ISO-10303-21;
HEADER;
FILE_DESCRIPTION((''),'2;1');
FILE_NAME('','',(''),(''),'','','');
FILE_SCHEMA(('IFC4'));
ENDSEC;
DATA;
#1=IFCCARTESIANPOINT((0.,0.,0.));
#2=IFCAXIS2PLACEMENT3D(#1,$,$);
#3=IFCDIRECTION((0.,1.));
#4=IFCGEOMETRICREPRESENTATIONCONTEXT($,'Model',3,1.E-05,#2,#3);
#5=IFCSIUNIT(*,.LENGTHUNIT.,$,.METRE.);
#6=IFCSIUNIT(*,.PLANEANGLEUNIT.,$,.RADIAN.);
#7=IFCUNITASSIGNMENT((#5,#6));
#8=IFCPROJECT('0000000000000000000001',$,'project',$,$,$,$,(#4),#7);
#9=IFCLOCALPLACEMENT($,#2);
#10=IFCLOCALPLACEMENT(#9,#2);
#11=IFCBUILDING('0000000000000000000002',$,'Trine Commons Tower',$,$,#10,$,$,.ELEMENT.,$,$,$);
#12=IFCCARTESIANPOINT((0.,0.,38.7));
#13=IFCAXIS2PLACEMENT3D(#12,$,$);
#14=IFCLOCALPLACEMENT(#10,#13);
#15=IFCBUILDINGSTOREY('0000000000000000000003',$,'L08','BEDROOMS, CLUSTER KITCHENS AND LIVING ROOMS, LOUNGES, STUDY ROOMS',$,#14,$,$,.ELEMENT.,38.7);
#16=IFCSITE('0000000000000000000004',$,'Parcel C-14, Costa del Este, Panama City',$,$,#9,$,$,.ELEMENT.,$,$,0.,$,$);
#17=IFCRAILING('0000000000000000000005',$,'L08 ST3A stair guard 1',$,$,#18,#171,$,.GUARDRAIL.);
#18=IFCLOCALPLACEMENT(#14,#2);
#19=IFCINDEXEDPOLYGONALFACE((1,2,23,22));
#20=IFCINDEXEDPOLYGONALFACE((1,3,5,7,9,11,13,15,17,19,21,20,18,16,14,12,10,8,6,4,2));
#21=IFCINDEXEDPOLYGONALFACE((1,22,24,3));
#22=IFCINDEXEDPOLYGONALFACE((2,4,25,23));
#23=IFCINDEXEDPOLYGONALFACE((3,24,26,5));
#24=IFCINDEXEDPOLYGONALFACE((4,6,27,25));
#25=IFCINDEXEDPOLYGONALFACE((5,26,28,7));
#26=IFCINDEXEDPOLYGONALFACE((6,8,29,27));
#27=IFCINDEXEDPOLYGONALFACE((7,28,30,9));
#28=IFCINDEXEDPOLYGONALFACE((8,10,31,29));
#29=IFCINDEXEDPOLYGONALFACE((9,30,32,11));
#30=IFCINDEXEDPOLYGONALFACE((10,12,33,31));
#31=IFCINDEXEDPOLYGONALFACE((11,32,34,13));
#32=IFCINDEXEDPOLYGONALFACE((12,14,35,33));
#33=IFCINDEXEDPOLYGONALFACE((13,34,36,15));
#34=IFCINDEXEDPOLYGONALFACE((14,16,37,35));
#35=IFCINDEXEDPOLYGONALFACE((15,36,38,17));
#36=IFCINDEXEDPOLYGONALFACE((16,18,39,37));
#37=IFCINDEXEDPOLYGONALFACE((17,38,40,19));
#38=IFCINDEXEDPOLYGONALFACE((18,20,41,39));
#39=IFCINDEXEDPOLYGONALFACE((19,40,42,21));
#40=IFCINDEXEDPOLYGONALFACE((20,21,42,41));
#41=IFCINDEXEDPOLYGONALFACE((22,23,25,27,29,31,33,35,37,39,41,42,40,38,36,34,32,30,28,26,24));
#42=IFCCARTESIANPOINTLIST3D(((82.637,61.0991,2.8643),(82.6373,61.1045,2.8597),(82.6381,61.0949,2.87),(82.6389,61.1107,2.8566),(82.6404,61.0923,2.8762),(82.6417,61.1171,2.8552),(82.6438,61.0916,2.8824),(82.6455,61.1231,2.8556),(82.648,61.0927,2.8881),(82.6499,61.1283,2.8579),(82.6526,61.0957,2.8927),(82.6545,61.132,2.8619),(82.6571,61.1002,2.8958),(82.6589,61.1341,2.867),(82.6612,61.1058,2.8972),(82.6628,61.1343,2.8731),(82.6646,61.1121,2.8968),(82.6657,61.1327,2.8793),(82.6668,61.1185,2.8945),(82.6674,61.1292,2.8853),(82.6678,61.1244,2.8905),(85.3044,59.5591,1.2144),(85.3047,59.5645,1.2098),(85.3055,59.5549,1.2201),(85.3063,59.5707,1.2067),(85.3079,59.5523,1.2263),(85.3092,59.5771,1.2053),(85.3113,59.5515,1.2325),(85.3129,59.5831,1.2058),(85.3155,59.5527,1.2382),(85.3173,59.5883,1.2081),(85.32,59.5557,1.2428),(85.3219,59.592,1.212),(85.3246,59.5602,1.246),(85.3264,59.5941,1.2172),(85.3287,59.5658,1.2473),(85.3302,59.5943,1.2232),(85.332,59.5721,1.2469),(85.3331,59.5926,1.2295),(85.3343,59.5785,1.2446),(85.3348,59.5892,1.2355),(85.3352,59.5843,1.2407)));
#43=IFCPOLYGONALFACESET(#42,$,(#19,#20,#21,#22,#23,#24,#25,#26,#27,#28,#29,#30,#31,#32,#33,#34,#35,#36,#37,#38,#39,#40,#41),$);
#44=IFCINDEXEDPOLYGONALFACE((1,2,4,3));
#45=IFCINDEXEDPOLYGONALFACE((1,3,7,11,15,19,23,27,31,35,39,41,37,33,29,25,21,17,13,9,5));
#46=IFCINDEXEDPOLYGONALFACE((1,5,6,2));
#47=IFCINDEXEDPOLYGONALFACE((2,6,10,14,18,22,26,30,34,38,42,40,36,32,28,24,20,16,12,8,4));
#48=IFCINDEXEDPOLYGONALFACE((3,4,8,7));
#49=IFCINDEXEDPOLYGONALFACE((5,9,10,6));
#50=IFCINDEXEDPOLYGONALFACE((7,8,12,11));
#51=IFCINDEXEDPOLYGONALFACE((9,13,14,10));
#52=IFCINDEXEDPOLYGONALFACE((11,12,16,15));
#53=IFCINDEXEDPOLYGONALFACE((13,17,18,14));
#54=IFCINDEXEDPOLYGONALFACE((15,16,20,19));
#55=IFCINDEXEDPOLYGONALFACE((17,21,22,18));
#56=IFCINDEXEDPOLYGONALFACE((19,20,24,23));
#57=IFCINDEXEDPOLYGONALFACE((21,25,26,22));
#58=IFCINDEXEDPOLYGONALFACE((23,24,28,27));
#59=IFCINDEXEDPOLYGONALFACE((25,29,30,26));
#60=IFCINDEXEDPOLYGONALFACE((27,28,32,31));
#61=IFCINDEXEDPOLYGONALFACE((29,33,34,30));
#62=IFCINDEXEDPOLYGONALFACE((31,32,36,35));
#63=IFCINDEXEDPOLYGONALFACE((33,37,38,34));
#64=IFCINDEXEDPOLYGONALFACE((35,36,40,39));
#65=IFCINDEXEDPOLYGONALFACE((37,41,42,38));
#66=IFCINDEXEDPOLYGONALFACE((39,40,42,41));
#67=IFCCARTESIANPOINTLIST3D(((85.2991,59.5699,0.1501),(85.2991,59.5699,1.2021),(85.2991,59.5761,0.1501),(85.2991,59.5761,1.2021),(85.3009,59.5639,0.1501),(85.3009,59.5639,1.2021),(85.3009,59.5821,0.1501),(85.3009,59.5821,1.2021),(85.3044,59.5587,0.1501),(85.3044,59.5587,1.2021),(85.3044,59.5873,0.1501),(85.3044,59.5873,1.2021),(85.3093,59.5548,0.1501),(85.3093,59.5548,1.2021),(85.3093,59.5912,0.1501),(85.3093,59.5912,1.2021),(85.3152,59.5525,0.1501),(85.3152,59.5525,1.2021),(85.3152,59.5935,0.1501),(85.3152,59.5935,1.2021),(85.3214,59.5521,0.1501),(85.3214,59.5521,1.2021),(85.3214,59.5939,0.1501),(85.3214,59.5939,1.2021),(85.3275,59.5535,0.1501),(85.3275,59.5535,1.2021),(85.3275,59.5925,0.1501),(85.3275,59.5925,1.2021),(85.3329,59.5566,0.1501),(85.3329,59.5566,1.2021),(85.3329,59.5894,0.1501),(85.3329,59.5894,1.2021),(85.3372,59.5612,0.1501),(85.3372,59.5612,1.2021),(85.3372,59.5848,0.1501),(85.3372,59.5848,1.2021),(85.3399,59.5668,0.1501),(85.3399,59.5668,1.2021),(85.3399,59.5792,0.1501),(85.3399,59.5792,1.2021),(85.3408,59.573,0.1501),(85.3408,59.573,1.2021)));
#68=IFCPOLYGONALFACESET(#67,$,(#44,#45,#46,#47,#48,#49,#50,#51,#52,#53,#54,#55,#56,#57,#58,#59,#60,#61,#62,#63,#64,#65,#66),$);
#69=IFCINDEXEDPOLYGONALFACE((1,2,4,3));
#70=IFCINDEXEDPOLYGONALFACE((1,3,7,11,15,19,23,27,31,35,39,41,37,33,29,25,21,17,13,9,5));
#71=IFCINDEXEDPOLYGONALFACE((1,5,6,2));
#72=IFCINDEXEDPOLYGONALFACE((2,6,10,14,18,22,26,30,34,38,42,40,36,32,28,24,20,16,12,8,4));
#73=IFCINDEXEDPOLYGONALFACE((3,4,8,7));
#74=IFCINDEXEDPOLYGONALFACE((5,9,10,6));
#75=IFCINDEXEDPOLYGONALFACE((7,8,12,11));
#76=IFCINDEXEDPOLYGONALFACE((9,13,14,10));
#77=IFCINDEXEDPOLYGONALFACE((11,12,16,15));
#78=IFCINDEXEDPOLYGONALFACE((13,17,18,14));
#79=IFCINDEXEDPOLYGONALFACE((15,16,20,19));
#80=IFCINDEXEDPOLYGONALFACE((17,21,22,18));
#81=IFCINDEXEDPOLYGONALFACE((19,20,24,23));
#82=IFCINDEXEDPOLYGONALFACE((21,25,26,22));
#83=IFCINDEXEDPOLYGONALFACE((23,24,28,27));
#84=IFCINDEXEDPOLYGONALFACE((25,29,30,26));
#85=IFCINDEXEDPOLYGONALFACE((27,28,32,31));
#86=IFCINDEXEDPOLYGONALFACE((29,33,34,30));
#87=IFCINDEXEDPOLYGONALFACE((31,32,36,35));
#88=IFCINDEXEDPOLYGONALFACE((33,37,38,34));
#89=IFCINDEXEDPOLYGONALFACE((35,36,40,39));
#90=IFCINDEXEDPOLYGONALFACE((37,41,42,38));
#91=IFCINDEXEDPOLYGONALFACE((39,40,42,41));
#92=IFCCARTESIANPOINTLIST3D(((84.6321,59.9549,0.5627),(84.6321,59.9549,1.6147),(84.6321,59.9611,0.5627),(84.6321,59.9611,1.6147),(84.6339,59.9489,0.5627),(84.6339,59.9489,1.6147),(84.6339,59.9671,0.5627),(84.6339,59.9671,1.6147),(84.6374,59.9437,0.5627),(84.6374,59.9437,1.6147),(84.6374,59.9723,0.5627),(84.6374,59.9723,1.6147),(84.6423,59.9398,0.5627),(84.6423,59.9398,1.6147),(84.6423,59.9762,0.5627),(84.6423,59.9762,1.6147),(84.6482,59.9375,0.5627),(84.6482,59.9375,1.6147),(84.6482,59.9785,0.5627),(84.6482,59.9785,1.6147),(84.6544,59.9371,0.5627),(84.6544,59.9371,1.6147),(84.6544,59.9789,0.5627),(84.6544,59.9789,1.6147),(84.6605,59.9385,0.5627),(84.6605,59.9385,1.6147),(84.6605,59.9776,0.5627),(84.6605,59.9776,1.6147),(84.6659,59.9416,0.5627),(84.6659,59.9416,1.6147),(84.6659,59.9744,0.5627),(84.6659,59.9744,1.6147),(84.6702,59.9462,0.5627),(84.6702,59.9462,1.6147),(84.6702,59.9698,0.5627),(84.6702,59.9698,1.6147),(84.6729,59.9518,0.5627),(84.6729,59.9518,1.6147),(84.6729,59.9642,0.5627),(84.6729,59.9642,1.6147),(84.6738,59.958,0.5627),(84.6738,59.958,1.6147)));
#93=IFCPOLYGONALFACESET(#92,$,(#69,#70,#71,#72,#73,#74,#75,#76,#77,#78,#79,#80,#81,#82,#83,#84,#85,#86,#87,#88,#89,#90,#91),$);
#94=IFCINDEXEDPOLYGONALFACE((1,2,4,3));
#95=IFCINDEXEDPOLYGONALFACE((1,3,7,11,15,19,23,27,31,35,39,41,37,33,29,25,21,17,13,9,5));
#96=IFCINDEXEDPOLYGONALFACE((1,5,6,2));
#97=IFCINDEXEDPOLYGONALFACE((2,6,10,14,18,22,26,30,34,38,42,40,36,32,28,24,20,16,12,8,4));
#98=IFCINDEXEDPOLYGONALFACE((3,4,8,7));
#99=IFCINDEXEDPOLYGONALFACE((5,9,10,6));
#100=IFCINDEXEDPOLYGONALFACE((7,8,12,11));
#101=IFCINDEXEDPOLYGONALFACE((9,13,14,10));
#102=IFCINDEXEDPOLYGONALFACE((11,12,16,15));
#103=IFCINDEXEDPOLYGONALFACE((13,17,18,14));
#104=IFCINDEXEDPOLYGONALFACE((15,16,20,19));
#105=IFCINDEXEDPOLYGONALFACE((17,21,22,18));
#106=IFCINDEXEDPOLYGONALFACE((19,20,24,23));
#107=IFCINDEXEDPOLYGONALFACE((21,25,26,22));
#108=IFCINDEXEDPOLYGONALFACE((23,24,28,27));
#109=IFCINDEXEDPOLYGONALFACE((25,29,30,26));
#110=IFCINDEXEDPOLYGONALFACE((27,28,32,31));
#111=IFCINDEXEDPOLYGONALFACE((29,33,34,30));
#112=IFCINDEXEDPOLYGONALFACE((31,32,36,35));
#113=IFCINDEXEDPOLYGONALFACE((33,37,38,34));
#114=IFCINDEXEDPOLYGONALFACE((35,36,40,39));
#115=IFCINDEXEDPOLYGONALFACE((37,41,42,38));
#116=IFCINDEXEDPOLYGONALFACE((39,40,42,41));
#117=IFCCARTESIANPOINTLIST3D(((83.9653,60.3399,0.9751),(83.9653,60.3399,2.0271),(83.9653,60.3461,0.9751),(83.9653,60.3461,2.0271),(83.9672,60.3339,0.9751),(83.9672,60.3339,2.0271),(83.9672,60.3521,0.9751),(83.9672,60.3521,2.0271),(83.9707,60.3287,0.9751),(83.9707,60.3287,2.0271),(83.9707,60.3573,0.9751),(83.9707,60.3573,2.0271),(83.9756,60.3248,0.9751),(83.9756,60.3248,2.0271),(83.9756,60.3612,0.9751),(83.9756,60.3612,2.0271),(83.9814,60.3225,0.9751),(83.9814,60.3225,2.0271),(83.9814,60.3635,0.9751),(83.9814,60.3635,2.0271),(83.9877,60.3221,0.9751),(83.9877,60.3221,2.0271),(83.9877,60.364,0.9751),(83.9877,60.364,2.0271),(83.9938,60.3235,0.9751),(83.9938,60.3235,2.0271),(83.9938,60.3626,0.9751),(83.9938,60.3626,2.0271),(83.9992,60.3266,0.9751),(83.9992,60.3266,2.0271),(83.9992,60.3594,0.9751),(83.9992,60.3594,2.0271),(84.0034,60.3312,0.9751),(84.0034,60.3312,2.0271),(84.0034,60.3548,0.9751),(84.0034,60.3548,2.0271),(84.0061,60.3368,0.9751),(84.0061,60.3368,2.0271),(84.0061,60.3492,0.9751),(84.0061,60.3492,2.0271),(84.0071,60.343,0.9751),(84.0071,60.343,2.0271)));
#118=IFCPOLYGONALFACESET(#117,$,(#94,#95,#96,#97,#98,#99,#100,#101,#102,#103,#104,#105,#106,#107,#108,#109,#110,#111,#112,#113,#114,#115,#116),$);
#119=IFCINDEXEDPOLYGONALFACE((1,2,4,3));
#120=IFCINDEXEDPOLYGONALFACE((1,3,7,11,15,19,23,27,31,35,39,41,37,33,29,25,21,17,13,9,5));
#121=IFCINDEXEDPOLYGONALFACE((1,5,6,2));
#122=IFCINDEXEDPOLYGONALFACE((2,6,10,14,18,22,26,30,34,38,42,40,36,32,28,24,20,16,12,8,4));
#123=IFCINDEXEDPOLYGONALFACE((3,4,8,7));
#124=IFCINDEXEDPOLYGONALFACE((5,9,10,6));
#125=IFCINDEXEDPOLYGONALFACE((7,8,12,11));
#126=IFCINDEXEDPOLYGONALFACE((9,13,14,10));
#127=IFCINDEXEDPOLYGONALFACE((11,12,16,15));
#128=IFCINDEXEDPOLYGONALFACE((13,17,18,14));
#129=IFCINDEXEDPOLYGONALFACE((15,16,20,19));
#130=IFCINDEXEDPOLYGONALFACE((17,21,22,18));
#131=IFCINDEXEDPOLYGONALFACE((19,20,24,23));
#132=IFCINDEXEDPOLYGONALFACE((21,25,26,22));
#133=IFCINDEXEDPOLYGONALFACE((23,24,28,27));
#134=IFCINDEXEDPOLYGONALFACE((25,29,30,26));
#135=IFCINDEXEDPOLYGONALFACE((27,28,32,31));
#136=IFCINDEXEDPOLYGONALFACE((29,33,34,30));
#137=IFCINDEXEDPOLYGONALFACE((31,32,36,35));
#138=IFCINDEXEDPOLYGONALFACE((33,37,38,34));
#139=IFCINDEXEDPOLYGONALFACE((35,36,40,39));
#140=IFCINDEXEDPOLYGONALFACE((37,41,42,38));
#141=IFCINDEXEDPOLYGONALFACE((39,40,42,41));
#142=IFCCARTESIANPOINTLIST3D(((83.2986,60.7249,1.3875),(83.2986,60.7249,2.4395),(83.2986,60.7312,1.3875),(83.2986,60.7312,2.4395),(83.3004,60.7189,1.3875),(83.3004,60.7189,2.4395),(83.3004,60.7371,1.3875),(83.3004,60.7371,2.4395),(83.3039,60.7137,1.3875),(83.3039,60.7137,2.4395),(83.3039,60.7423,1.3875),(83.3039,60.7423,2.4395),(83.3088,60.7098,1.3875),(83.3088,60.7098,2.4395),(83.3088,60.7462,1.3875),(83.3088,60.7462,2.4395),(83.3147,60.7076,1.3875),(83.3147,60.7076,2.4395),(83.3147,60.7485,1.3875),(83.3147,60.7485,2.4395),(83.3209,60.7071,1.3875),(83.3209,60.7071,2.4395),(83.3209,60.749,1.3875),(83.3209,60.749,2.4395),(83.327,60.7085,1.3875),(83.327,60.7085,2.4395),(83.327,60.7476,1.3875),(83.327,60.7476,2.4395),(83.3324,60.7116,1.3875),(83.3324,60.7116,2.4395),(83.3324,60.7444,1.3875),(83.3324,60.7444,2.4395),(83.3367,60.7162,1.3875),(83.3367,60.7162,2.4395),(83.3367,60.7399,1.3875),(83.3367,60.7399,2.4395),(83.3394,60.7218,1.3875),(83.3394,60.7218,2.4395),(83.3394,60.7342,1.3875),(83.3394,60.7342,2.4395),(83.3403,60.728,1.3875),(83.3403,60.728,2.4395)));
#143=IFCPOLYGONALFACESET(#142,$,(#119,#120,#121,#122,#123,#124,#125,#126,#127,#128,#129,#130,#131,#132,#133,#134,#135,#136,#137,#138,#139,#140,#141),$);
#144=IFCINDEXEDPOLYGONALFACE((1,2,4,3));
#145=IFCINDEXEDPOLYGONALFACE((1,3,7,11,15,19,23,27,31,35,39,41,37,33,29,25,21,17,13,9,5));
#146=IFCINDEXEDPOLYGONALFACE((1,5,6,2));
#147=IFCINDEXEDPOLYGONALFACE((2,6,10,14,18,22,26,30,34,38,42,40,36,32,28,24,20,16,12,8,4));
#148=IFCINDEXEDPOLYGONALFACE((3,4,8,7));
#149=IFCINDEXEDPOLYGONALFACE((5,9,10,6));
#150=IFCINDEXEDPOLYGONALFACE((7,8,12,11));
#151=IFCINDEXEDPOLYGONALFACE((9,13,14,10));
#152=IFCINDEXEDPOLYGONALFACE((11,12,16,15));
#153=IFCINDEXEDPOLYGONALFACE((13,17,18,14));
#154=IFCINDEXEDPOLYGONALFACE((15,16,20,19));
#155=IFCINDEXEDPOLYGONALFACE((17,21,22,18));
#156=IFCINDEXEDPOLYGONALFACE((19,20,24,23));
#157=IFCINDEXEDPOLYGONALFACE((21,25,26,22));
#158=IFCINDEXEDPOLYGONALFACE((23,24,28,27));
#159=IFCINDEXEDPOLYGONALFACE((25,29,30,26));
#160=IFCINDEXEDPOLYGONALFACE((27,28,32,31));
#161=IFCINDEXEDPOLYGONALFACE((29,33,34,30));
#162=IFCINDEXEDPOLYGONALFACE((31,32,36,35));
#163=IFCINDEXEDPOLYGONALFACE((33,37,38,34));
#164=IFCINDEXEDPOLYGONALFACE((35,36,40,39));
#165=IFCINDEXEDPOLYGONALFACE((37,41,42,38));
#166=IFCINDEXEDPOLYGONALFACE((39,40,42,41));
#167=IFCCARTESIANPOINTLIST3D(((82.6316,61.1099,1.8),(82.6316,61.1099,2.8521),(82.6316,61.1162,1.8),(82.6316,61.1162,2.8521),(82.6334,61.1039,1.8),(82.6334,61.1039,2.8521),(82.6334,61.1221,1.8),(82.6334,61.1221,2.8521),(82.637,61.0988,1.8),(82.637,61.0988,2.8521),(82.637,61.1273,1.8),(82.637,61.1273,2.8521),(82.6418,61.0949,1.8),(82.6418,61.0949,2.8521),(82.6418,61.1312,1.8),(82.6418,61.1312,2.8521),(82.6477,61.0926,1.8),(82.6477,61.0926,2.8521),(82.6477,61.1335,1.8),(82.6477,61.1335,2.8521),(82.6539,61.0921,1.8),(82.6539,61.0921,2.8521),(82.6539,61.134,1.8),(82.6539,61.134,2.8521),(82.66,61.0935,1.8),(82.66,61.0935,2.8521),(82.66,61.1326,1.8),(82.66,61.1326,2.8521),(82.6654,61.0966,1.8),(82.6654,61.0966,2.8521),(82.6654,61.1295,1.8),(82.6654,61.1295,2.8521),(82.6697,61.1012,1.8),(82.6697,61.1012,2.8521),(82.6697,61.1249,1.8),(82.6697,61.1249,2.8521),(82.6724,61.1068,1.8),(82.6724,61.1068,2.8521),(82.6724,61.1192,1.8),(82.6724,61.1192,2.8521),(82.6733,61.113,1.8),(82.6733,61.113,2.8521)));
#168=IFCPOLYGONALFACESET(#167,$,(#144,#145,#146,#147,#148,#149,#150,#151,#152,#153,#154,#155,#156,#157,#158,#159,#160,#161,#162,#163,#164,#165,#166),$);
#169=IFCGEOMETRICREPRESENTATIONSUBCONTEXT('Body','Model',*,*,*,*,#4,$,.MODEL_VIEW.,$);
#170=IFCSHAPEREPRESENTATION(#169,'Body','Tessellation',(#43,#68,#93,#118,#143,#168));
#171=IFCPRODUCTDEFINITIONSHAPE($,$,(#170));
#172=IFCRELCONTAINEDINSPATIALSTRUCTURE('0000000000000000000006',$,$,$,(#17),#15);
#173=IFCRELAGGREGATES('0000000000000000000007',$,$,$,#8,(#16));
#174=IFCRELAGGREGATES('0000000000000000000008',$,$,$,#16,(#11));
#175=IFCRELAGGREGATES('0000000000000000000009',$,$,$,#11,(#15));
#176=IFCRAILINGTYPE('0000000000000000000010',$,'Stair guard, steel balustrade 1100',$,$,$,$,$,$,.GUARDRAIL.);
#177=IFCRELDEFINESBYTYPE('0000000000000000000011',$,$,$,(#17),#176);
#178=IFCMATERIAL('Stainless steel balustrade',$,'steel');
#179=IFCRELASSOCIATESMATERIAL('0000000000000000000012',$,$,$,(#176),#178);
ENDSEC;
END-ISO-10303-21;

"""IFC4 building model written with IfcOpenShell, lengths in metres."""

from ifc_helpers import new_model, si_unit, direction, frame, origin, origin_2d, place, context, subcontext, project, spatial, circle, extrude, material, type_object, element, save


model = new_model("IFC4")

# Units and contexts
model_context = context("Model", 3, precision=1e-05, world=origin(), true_north=direction((0.0, 1.0)))
body_context = subcontext(model_context, "Body", "Model", "MODEL_VIEW")
ifc_project = project(units=[si_unit("LENGTHUNIT", "METRE"), si_unit("PLANEANGLEUNIT", "RADIAN")], contexts=[model_context])

# Site, building, storey
site_placement = place(None, origin())
site = spatial("IfcSite", under=ifc_project, at=site_placement, Name="Parcel C-14, Costa del Este, Panama City", CompositionType="ELEMENT", RefElevation=0.0)
building_placement = place(site_placement, origin())
building = spatial("IfcBuilding", under=site, at=building_placement, Name="Trine Commons Tower", CompositionType="ELEMENT")
storey_placement = place(building_placement, frame((0.0, 0.0, 38.7)))
storey = spatial("IfcBuildingStorey", under=building, at=storey_placement, Name="L08", Description="BEDROOMS, CLUSTER KITCHENS AND LIVING ROOMS, LOUNGES, STUDY ROOMS", CompositionType="ELEMENT", Elevation=38.7)

# Railing
ifc_material_1 = material(Name="Stainless steel balustrade", Category="steel")
railing_type_1 = type_object("IfcRailingType", Name="Stair guard, steel balustrade 1100", PredefinedType="GUARDRAIL", material=ifc_material_1)
railing_1_placement = place(storey_placement, frame((85.3198, 59.573, 0.1501)))
element("IfcRailing", 1, at=railing_1_placement, inside=storey, type_object=railing_type_1, Name="L08 ST3A stair guard 1", PredefinedType="GUARDRAIL", context=body_context, shape_type="SweptSolid", body=[
    extrude(circle(Radius=0.0239, at=origin_2d()), frame((0.0, 0.0, 1.0762), z_axis=(-0.763405, 0.440743, 0.472185), x_axis=(-0.499992, -0.86603, 0.0)), (0.0, 0.0, 1.0), 3.4941),
    extrude(circle(Radius=0.021, at=origin_2d()), origin(), (0.0, 0.0, 1.0), 1.052),
    extrude(circle(Radius=0.021, at=origin_2d()), frame((-0.667, 0.385, 0.4126)), (0.0, 0.0, 1.0), 1.052),
    extrude(circle(Radius=0.021, at=origin_2d()), frame((-1.3337, 0.77, 0.825)), (0.0, 0.0, 1.0), 1.052),
    extrude(circle(Radius=0.021, at=origin_2d()), frame((-2.0005, 1.155, 1.2373)), (0.0, 0.0, 1.0), 1.052),
    extrude(circle(Radius=0.021, at=origin_2d()), frame((-2.6675, 1.54, 1.6499)), (0.0, 0.0, 1.0), 1.052),
])

save(model, "model.ifc")
